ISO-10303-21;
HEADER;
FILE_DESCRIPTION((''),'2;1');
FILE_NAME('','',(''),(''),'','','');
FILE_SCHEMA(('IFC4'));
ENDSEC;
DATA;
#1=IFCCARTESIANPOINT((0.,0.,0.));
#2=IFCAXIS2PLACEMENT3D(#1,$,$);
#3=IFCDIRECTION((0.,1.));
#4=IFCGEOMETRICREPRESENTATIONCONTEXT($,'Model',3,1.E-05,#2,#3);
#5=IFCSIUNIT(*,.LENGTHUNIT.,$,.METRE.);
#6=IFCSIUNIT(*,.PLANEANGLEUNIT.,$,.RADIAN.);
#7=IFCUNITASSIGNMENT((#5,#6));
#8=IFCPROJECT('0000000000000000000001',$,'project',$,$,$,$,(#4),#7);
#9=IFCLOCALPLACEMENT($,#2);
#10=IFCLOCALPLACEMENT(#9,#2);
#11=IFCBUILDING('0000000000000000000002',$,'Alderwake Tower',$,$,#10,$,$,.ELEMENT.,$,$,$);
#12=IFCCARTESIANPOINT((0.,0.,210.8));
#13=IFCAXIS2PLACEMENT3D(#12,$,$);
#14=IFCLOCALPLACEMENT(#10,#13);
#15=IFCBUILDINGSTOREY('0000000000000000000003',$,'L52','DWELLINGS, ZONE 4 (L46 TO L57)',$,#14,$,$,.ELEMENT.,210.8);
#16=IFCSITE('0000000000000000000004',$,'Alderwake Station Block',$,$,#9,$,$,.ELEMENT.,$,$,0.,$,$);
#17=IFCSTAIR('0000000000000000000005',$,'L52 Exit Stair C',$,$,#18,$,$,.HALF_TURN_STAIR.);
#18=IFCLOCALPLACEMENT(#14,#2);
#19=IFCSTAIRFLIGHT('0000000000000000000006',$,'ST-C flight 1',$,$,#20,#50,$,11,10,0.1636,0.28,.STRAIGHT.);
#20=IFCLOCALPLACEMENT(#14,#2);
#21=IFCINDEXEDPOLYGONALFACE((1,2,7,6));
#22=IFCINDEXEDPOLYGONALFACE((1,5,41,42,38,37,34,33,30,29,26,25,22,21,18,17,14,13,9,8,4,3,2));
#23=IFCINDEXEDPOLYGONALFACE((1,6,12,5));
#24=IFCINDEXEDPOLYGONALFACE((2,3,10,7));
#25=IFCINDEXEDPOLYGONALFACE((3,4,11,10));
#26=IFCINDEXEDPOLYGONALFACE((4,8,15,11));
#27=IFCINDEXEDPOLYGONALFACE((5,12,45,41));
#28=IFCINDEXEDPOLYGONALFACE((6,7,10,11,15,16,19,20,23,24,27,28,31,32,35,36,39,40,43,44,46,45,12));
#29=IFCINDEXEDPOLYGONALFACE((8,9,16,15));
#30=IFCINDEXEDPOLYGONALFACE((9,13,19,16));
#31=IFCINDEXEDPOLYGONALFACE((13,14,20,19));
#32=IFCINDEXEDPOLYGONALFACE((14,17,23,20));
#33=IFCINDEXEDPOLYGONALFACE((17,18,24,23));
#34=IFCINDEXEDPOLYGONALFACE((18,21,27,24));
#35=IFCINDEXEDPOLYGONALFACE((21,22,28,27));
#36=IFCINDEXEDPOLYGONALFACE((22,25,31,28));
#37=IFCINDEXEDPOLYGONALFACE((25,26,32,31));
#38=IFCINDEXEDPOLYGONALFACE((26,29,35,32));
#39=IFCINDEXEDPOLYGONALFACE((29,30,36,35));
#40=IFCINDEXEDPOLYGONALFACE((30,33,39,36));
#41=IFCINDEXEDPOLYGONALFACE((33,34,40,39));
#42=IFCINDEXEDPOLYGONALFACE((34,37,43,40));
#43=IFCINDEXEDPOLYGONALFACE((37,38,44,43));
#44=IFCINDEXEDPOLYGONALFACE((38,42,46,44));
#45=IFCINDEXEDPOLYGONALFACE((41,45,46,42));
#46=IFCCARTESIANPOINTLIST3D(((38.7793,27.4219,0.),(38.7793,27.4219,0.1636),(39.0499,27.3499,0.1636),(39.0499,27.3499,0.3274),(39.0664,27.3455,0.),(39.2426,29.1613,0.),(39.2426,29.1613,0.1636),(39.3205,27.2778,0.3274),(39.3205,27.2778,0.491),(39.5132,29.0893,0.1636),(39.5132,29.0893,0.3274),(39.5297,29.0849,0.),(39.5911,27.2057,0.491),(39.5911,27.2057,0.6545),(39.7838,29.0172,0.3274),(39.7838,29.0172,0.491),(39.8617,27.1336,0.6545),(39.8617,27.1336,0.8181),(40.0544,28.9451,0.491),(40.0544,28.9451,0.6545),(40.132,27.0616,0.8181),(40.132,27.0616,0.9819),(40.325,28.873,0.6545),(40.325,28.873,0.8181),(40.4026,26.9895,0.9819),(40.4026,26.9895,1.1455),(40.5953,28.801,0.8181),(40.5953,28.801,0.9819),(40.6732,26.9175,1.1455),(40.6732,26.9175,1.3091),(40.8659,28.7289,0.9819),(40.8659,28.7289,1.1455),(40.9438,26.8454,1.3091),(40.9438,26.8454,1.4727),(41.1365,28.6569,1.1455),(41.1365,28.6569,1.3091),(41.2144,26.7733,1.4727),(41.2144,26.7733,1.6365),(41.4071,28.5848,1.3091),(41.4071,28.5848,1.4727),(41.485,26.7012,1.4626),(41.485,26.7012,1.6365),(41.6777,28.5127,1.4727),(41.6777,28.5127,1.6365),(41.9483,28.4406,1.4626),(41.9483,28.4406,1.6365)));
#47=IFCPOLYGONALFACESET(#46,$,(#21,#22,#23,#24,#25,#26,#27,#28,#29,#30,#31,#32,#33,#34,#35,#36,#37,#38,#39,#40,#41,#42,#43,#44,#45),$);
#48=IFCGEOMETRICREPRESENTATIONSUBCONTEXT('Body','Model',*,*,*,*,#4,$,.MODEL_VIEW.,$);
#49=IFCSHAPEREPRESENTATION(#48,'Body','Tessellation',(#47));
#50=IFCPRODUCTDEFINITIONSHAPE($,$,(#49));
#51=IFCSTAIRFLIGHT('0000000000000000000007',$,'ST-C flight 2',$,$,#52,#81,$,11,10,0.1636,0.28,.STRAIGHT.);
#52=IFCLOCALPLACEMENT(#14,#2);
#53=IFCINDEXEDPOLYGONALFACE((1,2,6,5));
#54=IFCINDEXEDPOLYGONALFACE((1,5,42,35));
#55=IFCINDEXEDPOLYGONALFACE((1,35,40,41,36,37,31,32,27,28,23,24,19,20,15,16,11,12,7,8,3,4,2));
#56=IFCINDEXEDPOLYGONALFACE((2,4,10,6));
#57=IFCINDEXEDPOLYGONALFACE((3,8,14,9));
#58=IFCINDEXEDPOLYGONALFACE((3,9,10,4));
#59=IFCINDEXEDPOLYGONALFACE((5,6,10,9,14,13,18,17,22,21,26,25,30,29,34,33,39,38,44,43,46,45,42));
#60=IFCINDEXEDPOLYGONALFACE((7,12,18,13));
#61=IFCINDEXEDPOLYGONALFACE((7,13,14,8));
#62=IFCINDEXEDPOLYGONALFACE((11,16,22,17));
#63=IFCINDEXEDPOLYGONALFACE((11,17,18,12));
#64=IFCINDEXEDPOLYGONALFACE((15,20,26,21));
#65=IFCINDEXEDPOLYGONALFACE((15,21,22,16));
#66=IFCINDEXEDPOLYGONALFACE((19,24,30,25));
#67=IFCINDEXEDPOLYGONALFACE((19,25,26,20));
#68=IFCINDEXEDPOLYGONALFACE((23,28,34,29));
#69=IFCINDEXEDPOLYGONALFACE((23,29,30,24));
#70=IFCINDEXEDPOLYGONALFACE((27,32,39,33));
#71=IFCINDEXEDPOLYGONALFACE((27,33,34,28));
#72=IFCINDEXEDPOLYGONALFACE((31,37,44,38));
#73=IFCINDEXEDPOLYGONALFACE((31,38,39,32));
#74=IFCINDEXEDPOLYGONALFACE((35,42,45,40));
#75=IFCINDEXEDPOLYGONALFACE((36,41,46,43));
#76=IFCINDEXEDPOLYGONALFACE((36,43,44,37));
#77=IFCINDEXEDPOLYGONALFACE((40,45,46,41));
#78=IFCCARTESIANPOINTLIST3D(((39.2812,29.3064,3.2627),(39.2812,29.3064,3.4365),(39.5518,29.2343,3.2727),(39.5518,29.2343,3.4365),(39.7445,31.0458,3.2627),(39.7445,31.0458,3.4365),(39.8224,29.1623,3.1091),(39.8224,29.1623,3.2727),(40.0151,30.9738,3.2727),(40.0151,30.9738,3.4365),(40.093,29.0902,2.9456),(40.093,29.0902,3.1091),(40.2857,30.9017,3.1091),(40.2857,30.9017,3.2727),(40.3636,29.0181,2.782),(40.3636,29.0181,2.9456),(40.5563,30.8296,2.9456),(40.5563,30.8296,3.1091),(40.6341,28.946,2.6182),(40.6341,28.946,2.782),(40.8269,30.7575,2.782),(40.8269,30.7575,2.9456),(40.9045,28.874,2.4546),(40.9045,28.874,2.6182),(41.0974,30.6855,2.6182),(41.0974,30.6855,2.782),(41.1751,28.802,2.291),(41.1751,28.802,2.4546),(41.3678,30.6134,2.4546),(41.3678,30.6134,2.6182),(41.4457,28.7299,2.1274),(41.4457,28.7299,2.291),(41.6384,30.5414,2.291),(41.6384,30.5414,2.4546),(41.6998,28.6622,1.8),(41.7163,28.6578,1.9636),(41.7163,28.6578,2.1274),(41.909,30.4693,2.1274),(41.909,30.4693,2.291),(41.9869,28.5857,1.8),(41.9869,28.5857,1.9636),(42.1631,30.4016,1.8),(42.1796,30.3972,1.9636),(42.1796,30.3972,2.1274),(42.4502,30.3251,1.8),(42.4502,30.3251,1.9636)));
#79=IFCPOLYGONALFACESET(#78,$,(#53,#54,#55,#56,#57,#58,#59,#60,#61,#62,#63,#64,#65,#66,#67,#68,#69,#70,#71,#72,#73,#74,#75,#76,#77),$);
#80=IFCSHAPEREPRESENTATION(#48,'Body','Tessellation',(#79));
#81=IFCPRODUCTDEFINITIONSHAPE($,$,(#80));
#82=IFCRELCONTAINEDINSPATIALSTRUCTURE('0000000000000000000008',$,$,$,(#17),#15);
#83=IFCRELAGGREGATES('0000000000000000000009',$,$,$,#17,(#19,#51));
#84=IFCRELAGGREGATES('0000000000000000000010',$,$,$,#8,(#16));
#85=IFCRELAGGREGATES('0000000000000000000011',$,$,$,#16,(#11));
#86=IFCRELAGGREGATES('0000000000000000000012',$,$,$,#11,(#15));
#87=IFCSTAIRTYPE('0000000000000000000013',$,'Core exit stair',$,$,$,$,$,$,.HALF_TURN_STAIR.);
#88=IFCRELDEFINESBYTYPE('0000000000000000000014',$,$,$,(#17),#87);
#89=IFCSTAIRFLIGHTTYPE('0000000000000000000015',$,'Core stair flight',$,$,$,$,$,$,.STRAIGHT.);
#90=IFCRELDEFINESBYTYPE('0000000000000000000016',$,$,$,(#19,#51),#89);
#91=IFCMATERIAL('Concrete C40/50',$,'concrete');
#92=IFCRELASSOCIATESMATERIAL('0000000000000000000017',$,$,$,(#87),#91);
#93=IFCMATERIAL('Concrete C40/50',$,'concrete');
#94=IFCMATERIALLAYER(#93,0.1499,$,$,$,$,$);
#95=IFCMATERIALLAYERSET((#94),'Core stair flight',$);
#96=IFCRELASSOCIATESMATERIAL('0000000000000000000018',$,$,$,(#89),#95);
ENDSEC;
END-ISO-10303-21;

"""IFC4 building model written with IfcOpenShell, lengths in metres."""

from ifc_helpers import new_model, si_unit, direction, frame, origin, place, context, subcontext, project, spatial, polyline, outline, extrude, material, layer, layer_set, type_object, element, aggregate, save


model = new_model("IFC4")

# Units and contexts
model_context = context("Model", 3, precision=1e-05, world=origin(), true_north=direction((0.0, 1.0)))
body_context = subcontext(model_context, "Body", "Model", "MODEL_VIEW")
ifc_project = project(units=[si_unit("LENGTHUNIT", "METRE"), si_unit("PLANEANGLEUNIT", "RADIAN")], contexts=[model_context])

# Site, building, storey
site_placement = place(None, origin())
site = spatial("IfcSite", under=ifc_project, at=site_placement, Name="Alderwake Station Block", CompositionType="ELEMENT", RefElevation=0.0)
building_placement = place(site_placement, origin())
building = spatial("IfcBuilding", under=site, at=building_placement, Name="Alderwake Tower", CompositionType="ELEMENT")
storey_placement = place(building_placement, frame((0.0, 0.0, 210.8)))
storey = spatial("IfcBuildingStorey", under=building, at=storey_placement, Name="L52", Description="DWELLINGS, ZONE 4 (L46 TO L57)", CompositionType="ELEMENT", Elevation=210.8)

# Stair, stair flights
ifc_material_1 = material(Name="Concrete C40/50", Category="concrete")
stair_type = type_object("IfcStairType", Name="Core exit stair", PredefinedType="HALF_TURN_STAIR", material=ifc_material_1)
stair_placement = place(storey_placement, origin())
stair = element("IfcStair", 1, at=stair_placement, inside=storey, type_object=stair_type, Name="L52 Exit Stair C", PredefinedType="HALF_TURN_STAIR")
ifc_material_2 = material(Name="Concrete C40/50", Category="concrete")
ifc_layer_1 = layer(ifc_material_2, 0.1499)
ifc_layer_set_1 = layer_set([ifc_layer_1], Name="Core stair flight")
stair_flight_type = type_object("IfcStairFlightType", Name="Core stair flight", PredefinedType="STRAIGHT", material=ifc_layer_set_1)
stair_flight_1_placement = place(storey_placement, frame((39.011, 28.2917, 0.0), z_axis=(0.0, 0.0, 1.0), x_axis=(0.96631, -0.257382, 0.0)))
stair_flight_1 = element("IfcStairFlight", 2, at=stair_flight_1_placement, type_object=stair_flight_type, Name="ST-C flight 1", NumberOfRisers=11, NumberOfTreads=10, PredefinedType="STRAIGHT", RiserHeight=0.1636, TreadLength=0.28, context=body_context, shape_type="SweptSolid", body=[
    extrude(outline(polyline([(0.0, 0.0), (0.0, 0.1636), (0.28, 0.1636), (0.28, 0.3274), (0.5601, 0.3274), (0.5601, 0.491), (0.8401, 0.491), (0.8401, 0.6545), (1.1201, 0.6545), (1.1201, 0.8181), (1.3999, 0.8181), (1.3999, 0.9819), (1.6799, 0.9819), (1.6799, 1.1455), (1.96, 1.1455), (1.96, 1.3091), (2.24, 1.3091), (2.24, 1.4727), (2.52, 1.4727), (2.52, 1.6365), (2.8, 1.6365), (2.8, 1.8), (2.8, 1.4626), (0.2971, 0.0), (0.0, 0.0)])), frame((0.0, 0.8999, 0.0), z_axis=(0.0, -1.0, 0.0), x_axis=(1.0, 0.0, 0.0)), (0.0, 0.0, 1.0), 1.8),
])
stair_flight_2_placement = place(storey_placement, frame((42.2185, 29.4553, 1.8), z_axis=(0.0, 0.0, 1.0), x_axis=(-0.96631, 0.257382, 0.0)))
stair_flight_2 = element("IfcStairFlight", 3, at=stair_flight_2_placement, type_object=stair_flight_type, Name="ST-C flight 2", NumberOfRisers=11, NumberOfTreads=10, PredefinedType="STRAIGHT", RiserHeight=0.1636, TreadLength=0.28, context=body_context, shape_type="SweptSolid", body=[
    extrude(outline(polyline([(0.0, 0.0), (0.0, 0.1636), (0.28, 0.1636), (0.28, 0.3274), (0.5601, 0.3274), (0.5601, 0.491), (0.8401, 0.491), (0.8401, 0.6545), (1.1201, 0.6545), (1.1201, 0.8181), (1.3999, 0.8181), (1.3999, 0.9819), (1.6799, 0.9819), (1.6799, 1.1455), (1.96, 1.1455), (1.96, 1.3091), (2.24, 1.3091), (2.24, 1.4727), (2.52, 1.4727), (2.52, 1.6365), (2.8, 1.6365), (2.8, 1.8), (2.8, 1.4626), (0.2971, 0.0), (0.0, 0.0)])), frame((0.0, 0.8999, 0.0), z_axis=(0.0, -1.0, 0.0), x_axis=(1.0, 0.0, 0.0)), (0.0, 0.0, 1.0), 1.8),
])
aggregate(stair, [stair_flight_1, stair_flight_2])

save(model, "model.ifc")
